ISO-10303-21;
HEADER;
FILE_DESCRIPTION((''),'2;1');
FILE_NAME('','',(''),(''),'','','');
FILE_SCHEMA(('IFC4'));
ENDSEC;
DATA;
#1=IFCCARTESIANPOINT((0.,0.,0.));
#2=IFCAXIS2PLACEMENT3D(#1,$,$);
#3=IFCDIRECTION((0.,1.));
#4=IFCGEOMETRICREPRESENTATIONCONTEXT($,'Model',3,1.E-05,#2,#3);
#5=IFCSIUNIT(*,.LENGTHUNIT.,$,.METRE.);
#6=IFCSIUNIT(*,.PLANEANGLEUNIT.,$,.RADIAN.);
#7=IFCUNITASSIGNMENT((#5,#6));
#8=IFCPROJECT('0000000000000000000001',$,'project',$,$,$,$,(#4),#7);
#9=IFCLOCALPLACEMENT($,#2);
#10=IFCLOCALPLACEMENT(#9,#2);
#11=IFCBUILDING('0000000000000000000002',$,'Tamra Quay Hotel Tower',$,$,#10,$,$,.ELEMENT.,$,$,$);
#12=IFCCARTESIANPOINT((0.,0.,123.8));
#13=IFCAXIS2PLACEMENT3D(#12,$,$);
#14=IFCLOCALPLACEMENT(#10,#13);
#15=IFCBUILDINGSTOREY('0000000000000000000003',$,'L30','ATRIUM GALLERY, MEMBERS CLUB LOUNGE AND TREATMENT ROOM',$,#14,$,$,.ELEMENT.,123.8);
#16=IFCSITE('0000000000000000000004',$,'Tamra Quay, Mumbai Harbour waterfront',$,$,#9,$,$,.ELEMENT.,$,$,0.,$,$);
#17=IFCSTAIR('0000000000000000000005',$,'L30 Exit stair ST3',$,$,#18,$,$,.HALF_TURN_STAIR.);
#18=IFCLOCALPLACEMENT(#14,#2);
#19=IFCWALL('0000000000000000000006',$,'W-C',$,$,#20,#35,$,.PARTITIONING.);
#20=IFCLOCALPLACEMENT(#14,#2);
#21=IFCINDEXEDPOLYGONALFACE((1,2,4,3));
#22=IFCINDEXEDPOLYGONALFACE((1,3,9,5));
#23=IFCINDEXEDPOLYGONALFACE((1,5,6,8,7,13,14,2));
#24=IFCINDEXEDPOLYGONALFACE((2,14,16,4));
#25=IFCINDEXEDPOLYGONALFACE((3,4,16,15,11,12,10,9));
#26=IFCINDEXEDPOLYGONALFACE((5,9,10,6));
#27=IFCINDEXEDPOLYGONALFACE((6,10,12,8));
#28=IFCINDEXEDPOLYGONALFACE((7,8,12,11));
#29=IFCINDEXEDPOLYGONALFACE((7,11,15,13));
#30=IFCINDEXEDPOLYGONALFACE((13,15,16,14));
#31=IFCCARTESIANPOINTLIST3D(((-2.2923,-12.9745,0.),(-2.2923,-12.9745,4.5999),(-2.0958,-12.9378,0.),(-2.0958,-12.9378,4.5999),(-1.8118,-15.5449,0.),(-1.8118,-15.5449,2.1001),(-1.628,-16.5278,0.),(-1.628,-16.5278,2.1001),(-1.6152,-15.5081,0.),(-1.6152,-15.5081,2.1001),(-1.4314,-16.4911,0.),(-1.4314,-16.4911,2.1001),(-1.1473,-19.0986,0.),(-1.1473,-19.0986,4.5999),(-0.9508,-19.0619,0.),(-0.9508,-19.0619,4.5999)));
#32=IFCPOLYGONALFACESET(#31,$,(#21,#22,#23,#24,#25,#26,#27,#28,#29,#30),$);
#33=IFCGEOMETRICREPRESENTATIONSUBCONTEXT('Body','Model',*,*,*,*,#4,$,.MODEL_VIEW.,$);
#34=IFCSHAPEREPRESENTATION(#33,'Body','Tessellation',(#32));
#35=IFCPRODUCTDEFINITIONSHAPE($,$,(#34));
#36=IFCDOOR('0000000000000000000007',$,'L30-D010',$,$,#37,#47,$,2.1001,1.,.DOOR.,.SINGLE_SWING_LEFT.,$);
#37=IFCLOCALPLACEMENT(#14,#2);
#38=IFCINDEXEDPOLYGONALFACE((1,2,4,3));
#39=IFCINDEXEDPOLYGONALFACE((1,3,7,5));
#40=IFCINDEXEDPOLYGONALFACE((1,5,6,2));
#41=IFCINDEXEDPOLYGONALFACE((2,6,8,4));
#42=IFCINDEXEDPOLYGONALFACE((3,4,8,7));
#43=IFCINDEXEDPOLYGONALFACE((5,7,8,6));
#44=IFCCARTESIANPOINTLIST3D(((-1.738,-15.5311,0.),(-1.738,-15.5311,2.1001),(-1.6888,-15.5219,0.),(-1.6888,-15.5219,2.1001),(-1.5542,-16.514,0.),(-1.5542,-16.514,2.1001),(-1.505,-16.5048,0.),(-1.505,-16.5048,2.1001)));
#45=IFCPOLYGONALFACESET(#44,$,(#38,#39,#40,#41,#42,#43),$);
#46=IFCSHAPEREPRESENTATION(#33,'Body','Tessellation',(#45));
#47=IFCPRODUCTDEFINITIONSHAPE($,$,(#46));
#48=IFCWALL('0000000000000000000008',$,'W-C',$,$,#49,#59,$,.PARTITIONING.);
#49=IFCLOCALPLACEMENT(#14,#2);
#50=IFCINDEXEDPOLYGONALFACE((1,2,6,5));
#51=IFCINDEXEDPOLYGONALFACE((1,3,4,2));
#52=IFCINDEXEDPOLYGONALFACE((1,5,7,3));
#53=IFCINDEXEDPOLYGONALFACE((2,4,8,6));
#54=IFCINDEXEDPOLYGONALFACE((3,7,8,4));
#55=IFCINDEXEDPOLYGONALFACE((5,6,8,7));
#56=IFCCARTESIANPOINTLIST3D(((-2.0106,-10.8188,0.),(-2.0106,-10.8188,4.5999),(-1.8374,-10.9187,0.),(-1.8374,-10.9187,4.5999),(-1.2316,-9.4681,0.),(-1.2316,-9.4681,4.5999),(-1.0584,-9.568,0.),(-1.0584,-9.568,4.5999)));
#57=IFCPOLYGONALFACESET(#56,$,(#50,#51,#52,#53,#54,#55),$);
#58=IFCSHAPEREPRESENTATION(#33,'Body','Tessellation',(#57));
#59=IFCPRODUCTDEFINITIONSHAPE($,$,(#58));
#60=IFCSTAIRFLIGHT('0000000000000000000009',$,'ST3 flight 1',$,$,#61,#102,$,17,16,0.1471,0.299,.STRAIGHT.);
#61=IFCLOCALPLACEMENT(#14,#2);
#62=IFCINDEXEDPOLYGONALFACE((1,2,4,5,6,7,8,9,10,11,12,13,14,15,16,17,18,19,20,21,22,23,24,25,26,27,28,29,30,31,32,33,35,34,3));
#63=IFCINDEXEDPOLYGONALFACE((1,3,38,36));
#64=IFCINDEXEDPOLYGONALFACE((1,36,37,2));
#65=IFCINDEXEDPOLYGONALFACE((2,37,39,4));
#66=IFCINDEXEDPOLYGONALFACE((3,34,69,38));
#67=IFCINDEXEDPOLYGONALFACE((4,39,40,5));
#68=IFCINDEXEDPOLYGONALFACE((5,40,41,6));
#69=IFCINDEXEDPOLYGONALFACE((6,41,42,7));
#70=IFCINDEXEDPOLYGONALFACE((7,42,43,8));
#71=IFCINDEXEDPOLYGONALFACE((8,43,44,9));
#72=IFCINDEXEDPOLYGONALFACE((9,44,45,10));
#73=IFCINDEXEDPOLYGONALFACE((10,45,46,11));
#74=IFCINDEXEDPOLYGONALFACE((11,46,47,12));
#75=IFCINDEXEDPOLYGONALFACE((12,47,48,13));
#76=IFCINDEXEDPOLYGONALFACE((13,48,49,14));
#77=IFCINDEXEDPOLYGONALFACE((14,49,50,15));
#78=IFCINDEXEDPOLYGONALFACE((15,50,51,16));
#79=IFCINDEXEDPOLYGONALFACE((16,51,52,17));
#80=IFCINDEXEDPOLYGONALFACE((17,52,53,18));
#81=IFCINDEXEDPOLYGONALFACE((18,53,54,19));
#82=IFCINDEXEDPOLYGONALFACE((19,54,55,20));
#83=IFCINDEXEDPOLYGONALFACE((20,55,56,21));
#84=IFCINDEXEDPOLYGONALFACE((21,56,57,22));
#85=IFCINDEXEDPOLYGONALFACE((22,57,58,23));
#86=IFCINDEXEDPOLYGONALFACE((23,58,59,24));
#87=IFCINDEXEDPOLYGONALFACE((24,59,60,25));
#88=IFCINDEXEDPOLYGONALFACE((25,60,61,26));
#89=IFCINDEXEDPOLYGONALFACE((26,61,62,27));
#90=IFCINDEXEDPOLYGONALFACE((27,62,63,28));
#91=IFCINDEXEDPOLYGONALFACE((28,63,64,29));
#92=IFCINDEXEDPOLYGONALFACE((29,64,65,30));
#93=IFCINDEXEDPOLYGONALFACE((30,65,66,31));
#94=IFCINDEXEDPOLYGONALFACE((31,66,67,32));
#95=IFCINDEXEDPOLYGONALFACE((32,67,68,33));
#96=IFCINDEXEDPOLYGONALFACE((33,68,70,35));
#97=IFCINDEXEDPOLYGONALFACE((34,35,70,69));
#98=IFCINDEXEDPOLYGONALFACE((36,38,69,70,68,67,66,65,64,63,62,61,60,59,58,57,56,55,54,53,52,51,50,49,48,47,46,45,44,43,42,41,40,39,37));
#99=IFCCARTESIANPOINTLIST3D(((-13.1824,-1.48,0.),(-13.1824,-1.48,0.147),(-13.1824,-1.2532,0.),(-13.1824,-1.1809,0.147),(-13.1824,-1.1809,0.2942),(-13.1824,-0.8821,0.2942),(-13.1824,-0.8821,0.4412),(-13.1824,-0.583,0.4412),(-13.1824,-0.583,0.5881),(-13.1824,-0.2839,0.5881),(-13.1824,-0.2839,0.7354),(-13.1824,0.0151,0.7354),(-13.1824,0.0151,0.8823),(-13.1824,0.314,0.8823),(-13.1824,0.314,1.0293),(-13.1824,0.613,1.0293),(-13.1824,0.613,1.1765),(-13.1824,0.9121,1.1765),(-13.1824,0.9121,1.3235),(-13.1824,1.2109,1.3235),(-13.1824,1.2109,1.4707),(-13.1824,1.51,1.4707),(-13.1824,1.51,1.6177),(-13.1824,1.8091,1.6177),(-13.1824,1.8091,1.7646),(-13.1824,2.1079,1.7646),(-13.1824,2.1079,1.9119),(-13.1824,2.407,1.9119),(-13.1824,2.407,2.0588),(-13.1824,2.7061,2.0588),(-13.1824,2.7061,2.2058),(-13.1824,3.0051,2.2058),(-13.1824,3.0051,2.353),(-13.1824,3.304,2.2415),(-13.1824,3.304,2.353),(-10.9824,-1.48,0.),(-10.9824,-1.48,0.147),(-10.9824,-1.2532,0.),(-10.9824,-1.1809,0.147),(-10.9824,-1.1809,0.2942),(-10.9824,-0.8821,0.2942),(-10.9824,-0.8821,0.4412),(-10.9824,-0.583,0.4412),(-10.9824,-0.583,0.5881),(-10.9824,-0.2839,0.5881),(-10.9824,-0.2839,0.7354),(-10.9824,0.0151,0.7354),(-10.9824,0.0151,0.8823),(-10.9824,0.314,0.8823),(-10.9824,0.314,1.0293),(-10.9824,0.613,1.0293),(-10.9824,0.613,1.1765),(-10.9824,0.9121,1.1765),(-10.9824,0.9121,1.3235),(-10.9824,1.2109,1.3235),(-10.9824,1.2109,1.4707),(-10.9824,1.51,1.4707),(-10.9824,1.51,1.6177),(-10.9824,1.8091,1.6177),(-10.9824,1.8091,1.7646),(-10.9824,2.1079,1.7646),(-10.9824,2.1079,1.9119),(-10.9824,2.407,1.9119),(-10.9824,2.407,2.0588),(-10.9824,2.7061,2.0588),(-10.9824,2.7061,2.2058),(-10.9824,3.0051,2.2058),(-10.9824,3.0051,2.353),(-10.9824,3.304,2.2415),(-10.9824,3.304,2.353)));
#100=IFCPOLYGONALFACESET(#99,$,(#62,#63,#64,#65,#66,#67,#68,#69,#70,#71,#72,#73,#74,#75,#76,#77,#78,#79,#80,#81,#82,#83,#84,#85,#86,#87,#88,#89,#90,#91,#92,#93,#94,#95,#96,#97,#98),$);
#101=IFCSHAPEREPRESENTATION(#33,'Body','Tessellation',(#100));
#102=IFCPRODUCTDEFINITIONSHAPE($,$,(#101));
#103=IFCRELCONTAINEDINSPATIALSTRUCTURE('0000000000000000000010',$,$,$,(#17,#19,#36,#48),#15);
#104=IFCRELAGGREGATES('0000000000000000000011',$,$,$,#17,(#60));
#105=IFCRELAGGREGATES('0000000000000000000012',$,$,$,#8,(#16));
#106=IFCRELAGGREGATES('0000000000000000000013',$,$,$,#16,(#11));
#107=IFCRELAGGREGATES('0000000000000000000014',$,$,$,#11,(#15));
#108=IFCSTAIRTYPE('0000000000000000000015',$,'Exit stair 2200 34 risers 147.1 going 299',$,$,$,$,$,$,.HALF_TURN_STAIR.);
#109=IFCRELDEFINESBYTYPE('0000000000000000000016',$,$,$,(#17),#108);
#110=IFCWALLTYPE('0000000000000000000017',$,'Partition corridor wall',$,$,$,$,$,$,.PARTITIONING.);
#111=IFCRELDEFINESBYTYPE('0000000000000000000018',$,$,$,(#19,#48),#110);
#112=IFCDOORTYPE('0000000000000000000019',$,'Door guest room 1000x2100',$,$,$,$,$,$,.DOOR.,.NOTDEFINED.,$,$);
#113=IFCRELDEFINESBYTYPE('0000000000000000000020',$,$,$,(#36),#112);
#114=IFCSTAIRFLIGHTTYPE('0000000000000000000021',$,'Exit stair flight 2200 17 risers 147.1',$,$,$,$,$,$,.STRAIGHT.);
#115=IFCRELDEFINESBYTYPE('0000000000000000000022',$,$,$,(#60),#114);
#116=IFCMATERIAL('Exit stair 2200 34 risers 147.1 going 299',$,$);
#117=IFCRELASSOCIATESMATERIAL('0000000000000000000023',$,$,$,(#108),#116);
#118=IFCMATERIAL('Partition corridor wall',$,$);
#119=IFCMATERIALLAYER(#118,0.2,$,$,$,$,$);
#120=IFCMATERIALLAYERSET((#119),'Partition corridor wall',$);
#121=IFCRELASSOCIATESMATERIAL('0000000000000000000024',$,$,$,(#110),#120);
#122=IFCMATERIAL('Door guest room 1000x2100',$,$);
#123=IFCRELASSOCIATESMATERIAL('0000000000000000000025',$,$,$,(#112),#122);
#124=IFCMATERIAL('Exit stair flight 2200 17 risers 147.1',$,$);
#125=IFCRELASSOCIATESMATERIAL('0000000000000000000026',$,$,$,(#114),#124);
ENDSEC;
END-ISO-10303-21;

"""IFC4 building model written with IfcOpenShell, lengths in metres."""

from ifc_helpers import new_model, si_unit, direction, frame, frame_2d, origin, place, context, subcontext, project, spatial, polyline, rectangle, outline, extrude, material, layer, layer_set, type_object, element, fill, aggregate, save


model = new_model("IFC4")

# Units and contexts
model_context = context("Model", 3, precision=1e-05, world=origin(), true_north=direction((0.0, 1.0)))
body_context = subcontext(model_context, "Body", "Model", "MODEL_VIEW")
ifc_project = project(units=[si_unit("LENGTHUNIT", "METRE"), si_unit("PLANEANGLEUNIT", "RADIAN")], contexts=[model_context])

# Site, building, storey
site_placement = place(None, origin())
site = spatial("IfcSite", under=ifc_project, at=site_placement, Name="Tamra Quay, Mumbai Harbour waterfront", CompositionType="ELEMENT", RefElevation=0.0)
building_placement = place(site_placement, origin())
building = spatial("IfcBuilding", under=site, at=building_placement, Name="Tamra Quay Hotel Tower", CompositionType="ELEMENT")
storey_placement = place(building_placement, frame((0.0, 0.0, 123.8)))
storey = spatial("IfcBuildingStorey", under=building, at=storey_placement, Name="L30", Description="ATRIUM GALLERY, MEMBERS CLUB LOUNGE AND TREATMENT ROOM", CompositionType="ELEMENT", Elevation=123.8)

# Stair
ifc_material_1 = material(Name="Exit stair 2200 34 risers 147.1 going 299")
stair_type = type_object("IfcStairType", Name="Exit stair 2200 34 risers 147.1 going 299", PredefinedType="HALF_TURN_STAIR", material=ifc_material_1)
stair_1_placement = place(storey_placement, origin())
stair_1 = element("IfcStair", 1, at=stair_1_placement, inside=storey, type_object=stair_type, Name="L30 Exit stair ST3", PredefinedType="HALF_TURN_STAIR")

# Shared definitions
ifc_material_2 = material(Name="Partition corridor wall")
ifc_layer_1 = layer(ifc_material_2, 0.2)
ifc_layer_set_1 = layer_set([ifc_layer_1], Name="Partition corridor wall")
wall_type_1 = type_object("IfcWallType", Name="Partition corridor wall", PredefinedType="PARTITIONING", material=ifc_layer_set_1)

# Wall, opening, door
wall_1_placement = place(storey_placement, frame((-2.1941, -12.9561, 0.0), z_axis=(0.0, 0.0, 1.0), x_axis=(0.183787, -0.982966, 0.0)))
wall_1 = element("IfcWall", 2, at=wall_1_placement, inside=storey, type_object=wall_type_1, Name="W-C", PredefinedType="PARTITIONING", context=body_context, shape_type="SweptSolid", body=[
    extrude(rectangle(XDim=6.2302, YDim=0.2, at=frame_2d((3.1152, 0.0))), origin(), (0.0, 0.0, 1.0), 4.5999),
])
opening_1_placement = place(wall_1_placement, frame((2.615, 0.0, 0.0)))
opening_1 = element("IfcOpeningElement", 3, at=opening_1_placement, cuts=wall_1, PredefinedType="OPENING", context=body_context, shape_type="SweptSolid", body=[
    extrude(rectangle(XDim=1.0, YDim=2.1001, at=frame_2d((0.5, 1.05))), frame((0.0, 0.1099, 0.0), z_axis=(0.0, -1.0, 0.0), x_axis=(1.0, 0.0, 0.0)), (0.0, 0.0, 1.0), 0.22),
])
ifc_material_3 = material(Name="Door guest room 1000x2100")
door_type_1 = type_object("IfcDoorType", Name="Door guest room 1000x2100", OperationType="NOTDEFINED", PredefinedType="DOOR", material=ifc_material_3)
door_1_placement = place(opening_1_placement, frame((1.0, 0.0, 0.0), z_axis=(0.0, 0.0, 1.0), x_axis=(-1.0, 0.0, 0.0)))
door_1 = element("IfcDoor", 4, at=door_1_placement, inside=storey, type_object=door_type_1, Name="L30-D010", OperationType="SINGLE_SWING_LEFT", OverallHeight=2.1001, OverallWidth=1.0, PredefinedType="DOOR", context=body_context, shape_type="SweptSolid", body=[
    extrude(rectangle(XDim=1.0, YDim=2.1001, at=frame_2d((0.5, 1.05))), frame((0.0, 0.0249, 0.0), z_axis=(0.0, -1.0, 0.0), x_axis=(1.0, 0.0, 0.0)), (0.0, 0.0, 1.0), 0.05),
])
fill(opening_1, door_1)

# Wall
wall_2_placement = place(storey_placement, frame((-1.9241, -10.8689, 0.0), z_axis=(0.0, 0.0, 1.0), x_axis=(0.499591, 0.866261, 0.0)))
element("IfcWall", 5, at=wall_2_placement, inside=storey, type_object=wall_type_1, Name="W-C", PredefinedType="PARTITIONING", context=body_context, shape_type="SweptSolid", body=[
    extrude(rectangle(XDim=1.5593, YDim=0.2, at=frame_2d((0.7798, 0.0))), origin(), (0.0, 0.0, 1.0), 4.5999),
])

# Stair flight
ifc_material_4 = material(Name="Exit stair flight 2200 17 risers 147.1")
stair_flight_type = type_object("IfcStairFlightType", Name="Exit stair flight 2200 17 risers 147.1", PredefinedType="STRAIGHT", material=ifc_material_4)
stair_flight_placement = place(storey_placement, frame((-12.0823, -1.48, 0.0), z_axis=(0.0, 0.0, 1.0), x_axis=(0.0, 1.0, 0.0)))
stair_flight = element("IfcStairFlight", 6, at=stair_flight_placement, type_object=stair_flight_type, Name="ST3 flight 1", NumberOfRisers=17, NumberOfTreads=16, PredefinedType="STRAIGHT", RiserHeight=0.1471, TreadLength=0.299, context=body_context, shape_type="SweptSolid", body=[
    extrude(outline(polyline([(0.0, 0.0), (0.0, 0.147), (0.2991, 0.147), (0.2991, 0.2942), (0.5979, 0.2942), (0.5979, 0.4412), (0.897, 0.4412), (0.897, 0.5881), (1.196, 0.5881), (1.196, 0.7354), (1.4951, 0.7354), (1.4951, 0.8823), (1.7939, 0.8823), (1.7939, 1.0293), (2.093, 1.0293), (2.093, 1.1765), (2.3921, 1.1765), (2.3921, 1.3235), (2.6909, 1.3235), (2.6909, 1.4707), (2.99, 1.4707), (2.99, 1.6177), (3.2891, 1.6177), (3.2891, 1.7646), (3.5879, 1.7646), (3.5879, 1.9119), (3.887, 1.9119), (3.887, 2.0588), (4.186, 2.0588), (4.186, 2.2058), (4.4851, 2.2058), (4.4851, 2.353), (4.7839, 2.353), (4.7839, 2.5), (4.7839, 2.2415), (0.2268, 0.0), (0.0, 0.0)])), frame((0.0, 1.1001, 0.0), z_axis=(0.0, -1.0, 0.0), x_axis=(1.0, 0.0, 0.0)), (0.0, 0.0, 1.0), 2.2),
])
aggregate(stair_1, [stair_flight])

save(model, "model.ifc")
